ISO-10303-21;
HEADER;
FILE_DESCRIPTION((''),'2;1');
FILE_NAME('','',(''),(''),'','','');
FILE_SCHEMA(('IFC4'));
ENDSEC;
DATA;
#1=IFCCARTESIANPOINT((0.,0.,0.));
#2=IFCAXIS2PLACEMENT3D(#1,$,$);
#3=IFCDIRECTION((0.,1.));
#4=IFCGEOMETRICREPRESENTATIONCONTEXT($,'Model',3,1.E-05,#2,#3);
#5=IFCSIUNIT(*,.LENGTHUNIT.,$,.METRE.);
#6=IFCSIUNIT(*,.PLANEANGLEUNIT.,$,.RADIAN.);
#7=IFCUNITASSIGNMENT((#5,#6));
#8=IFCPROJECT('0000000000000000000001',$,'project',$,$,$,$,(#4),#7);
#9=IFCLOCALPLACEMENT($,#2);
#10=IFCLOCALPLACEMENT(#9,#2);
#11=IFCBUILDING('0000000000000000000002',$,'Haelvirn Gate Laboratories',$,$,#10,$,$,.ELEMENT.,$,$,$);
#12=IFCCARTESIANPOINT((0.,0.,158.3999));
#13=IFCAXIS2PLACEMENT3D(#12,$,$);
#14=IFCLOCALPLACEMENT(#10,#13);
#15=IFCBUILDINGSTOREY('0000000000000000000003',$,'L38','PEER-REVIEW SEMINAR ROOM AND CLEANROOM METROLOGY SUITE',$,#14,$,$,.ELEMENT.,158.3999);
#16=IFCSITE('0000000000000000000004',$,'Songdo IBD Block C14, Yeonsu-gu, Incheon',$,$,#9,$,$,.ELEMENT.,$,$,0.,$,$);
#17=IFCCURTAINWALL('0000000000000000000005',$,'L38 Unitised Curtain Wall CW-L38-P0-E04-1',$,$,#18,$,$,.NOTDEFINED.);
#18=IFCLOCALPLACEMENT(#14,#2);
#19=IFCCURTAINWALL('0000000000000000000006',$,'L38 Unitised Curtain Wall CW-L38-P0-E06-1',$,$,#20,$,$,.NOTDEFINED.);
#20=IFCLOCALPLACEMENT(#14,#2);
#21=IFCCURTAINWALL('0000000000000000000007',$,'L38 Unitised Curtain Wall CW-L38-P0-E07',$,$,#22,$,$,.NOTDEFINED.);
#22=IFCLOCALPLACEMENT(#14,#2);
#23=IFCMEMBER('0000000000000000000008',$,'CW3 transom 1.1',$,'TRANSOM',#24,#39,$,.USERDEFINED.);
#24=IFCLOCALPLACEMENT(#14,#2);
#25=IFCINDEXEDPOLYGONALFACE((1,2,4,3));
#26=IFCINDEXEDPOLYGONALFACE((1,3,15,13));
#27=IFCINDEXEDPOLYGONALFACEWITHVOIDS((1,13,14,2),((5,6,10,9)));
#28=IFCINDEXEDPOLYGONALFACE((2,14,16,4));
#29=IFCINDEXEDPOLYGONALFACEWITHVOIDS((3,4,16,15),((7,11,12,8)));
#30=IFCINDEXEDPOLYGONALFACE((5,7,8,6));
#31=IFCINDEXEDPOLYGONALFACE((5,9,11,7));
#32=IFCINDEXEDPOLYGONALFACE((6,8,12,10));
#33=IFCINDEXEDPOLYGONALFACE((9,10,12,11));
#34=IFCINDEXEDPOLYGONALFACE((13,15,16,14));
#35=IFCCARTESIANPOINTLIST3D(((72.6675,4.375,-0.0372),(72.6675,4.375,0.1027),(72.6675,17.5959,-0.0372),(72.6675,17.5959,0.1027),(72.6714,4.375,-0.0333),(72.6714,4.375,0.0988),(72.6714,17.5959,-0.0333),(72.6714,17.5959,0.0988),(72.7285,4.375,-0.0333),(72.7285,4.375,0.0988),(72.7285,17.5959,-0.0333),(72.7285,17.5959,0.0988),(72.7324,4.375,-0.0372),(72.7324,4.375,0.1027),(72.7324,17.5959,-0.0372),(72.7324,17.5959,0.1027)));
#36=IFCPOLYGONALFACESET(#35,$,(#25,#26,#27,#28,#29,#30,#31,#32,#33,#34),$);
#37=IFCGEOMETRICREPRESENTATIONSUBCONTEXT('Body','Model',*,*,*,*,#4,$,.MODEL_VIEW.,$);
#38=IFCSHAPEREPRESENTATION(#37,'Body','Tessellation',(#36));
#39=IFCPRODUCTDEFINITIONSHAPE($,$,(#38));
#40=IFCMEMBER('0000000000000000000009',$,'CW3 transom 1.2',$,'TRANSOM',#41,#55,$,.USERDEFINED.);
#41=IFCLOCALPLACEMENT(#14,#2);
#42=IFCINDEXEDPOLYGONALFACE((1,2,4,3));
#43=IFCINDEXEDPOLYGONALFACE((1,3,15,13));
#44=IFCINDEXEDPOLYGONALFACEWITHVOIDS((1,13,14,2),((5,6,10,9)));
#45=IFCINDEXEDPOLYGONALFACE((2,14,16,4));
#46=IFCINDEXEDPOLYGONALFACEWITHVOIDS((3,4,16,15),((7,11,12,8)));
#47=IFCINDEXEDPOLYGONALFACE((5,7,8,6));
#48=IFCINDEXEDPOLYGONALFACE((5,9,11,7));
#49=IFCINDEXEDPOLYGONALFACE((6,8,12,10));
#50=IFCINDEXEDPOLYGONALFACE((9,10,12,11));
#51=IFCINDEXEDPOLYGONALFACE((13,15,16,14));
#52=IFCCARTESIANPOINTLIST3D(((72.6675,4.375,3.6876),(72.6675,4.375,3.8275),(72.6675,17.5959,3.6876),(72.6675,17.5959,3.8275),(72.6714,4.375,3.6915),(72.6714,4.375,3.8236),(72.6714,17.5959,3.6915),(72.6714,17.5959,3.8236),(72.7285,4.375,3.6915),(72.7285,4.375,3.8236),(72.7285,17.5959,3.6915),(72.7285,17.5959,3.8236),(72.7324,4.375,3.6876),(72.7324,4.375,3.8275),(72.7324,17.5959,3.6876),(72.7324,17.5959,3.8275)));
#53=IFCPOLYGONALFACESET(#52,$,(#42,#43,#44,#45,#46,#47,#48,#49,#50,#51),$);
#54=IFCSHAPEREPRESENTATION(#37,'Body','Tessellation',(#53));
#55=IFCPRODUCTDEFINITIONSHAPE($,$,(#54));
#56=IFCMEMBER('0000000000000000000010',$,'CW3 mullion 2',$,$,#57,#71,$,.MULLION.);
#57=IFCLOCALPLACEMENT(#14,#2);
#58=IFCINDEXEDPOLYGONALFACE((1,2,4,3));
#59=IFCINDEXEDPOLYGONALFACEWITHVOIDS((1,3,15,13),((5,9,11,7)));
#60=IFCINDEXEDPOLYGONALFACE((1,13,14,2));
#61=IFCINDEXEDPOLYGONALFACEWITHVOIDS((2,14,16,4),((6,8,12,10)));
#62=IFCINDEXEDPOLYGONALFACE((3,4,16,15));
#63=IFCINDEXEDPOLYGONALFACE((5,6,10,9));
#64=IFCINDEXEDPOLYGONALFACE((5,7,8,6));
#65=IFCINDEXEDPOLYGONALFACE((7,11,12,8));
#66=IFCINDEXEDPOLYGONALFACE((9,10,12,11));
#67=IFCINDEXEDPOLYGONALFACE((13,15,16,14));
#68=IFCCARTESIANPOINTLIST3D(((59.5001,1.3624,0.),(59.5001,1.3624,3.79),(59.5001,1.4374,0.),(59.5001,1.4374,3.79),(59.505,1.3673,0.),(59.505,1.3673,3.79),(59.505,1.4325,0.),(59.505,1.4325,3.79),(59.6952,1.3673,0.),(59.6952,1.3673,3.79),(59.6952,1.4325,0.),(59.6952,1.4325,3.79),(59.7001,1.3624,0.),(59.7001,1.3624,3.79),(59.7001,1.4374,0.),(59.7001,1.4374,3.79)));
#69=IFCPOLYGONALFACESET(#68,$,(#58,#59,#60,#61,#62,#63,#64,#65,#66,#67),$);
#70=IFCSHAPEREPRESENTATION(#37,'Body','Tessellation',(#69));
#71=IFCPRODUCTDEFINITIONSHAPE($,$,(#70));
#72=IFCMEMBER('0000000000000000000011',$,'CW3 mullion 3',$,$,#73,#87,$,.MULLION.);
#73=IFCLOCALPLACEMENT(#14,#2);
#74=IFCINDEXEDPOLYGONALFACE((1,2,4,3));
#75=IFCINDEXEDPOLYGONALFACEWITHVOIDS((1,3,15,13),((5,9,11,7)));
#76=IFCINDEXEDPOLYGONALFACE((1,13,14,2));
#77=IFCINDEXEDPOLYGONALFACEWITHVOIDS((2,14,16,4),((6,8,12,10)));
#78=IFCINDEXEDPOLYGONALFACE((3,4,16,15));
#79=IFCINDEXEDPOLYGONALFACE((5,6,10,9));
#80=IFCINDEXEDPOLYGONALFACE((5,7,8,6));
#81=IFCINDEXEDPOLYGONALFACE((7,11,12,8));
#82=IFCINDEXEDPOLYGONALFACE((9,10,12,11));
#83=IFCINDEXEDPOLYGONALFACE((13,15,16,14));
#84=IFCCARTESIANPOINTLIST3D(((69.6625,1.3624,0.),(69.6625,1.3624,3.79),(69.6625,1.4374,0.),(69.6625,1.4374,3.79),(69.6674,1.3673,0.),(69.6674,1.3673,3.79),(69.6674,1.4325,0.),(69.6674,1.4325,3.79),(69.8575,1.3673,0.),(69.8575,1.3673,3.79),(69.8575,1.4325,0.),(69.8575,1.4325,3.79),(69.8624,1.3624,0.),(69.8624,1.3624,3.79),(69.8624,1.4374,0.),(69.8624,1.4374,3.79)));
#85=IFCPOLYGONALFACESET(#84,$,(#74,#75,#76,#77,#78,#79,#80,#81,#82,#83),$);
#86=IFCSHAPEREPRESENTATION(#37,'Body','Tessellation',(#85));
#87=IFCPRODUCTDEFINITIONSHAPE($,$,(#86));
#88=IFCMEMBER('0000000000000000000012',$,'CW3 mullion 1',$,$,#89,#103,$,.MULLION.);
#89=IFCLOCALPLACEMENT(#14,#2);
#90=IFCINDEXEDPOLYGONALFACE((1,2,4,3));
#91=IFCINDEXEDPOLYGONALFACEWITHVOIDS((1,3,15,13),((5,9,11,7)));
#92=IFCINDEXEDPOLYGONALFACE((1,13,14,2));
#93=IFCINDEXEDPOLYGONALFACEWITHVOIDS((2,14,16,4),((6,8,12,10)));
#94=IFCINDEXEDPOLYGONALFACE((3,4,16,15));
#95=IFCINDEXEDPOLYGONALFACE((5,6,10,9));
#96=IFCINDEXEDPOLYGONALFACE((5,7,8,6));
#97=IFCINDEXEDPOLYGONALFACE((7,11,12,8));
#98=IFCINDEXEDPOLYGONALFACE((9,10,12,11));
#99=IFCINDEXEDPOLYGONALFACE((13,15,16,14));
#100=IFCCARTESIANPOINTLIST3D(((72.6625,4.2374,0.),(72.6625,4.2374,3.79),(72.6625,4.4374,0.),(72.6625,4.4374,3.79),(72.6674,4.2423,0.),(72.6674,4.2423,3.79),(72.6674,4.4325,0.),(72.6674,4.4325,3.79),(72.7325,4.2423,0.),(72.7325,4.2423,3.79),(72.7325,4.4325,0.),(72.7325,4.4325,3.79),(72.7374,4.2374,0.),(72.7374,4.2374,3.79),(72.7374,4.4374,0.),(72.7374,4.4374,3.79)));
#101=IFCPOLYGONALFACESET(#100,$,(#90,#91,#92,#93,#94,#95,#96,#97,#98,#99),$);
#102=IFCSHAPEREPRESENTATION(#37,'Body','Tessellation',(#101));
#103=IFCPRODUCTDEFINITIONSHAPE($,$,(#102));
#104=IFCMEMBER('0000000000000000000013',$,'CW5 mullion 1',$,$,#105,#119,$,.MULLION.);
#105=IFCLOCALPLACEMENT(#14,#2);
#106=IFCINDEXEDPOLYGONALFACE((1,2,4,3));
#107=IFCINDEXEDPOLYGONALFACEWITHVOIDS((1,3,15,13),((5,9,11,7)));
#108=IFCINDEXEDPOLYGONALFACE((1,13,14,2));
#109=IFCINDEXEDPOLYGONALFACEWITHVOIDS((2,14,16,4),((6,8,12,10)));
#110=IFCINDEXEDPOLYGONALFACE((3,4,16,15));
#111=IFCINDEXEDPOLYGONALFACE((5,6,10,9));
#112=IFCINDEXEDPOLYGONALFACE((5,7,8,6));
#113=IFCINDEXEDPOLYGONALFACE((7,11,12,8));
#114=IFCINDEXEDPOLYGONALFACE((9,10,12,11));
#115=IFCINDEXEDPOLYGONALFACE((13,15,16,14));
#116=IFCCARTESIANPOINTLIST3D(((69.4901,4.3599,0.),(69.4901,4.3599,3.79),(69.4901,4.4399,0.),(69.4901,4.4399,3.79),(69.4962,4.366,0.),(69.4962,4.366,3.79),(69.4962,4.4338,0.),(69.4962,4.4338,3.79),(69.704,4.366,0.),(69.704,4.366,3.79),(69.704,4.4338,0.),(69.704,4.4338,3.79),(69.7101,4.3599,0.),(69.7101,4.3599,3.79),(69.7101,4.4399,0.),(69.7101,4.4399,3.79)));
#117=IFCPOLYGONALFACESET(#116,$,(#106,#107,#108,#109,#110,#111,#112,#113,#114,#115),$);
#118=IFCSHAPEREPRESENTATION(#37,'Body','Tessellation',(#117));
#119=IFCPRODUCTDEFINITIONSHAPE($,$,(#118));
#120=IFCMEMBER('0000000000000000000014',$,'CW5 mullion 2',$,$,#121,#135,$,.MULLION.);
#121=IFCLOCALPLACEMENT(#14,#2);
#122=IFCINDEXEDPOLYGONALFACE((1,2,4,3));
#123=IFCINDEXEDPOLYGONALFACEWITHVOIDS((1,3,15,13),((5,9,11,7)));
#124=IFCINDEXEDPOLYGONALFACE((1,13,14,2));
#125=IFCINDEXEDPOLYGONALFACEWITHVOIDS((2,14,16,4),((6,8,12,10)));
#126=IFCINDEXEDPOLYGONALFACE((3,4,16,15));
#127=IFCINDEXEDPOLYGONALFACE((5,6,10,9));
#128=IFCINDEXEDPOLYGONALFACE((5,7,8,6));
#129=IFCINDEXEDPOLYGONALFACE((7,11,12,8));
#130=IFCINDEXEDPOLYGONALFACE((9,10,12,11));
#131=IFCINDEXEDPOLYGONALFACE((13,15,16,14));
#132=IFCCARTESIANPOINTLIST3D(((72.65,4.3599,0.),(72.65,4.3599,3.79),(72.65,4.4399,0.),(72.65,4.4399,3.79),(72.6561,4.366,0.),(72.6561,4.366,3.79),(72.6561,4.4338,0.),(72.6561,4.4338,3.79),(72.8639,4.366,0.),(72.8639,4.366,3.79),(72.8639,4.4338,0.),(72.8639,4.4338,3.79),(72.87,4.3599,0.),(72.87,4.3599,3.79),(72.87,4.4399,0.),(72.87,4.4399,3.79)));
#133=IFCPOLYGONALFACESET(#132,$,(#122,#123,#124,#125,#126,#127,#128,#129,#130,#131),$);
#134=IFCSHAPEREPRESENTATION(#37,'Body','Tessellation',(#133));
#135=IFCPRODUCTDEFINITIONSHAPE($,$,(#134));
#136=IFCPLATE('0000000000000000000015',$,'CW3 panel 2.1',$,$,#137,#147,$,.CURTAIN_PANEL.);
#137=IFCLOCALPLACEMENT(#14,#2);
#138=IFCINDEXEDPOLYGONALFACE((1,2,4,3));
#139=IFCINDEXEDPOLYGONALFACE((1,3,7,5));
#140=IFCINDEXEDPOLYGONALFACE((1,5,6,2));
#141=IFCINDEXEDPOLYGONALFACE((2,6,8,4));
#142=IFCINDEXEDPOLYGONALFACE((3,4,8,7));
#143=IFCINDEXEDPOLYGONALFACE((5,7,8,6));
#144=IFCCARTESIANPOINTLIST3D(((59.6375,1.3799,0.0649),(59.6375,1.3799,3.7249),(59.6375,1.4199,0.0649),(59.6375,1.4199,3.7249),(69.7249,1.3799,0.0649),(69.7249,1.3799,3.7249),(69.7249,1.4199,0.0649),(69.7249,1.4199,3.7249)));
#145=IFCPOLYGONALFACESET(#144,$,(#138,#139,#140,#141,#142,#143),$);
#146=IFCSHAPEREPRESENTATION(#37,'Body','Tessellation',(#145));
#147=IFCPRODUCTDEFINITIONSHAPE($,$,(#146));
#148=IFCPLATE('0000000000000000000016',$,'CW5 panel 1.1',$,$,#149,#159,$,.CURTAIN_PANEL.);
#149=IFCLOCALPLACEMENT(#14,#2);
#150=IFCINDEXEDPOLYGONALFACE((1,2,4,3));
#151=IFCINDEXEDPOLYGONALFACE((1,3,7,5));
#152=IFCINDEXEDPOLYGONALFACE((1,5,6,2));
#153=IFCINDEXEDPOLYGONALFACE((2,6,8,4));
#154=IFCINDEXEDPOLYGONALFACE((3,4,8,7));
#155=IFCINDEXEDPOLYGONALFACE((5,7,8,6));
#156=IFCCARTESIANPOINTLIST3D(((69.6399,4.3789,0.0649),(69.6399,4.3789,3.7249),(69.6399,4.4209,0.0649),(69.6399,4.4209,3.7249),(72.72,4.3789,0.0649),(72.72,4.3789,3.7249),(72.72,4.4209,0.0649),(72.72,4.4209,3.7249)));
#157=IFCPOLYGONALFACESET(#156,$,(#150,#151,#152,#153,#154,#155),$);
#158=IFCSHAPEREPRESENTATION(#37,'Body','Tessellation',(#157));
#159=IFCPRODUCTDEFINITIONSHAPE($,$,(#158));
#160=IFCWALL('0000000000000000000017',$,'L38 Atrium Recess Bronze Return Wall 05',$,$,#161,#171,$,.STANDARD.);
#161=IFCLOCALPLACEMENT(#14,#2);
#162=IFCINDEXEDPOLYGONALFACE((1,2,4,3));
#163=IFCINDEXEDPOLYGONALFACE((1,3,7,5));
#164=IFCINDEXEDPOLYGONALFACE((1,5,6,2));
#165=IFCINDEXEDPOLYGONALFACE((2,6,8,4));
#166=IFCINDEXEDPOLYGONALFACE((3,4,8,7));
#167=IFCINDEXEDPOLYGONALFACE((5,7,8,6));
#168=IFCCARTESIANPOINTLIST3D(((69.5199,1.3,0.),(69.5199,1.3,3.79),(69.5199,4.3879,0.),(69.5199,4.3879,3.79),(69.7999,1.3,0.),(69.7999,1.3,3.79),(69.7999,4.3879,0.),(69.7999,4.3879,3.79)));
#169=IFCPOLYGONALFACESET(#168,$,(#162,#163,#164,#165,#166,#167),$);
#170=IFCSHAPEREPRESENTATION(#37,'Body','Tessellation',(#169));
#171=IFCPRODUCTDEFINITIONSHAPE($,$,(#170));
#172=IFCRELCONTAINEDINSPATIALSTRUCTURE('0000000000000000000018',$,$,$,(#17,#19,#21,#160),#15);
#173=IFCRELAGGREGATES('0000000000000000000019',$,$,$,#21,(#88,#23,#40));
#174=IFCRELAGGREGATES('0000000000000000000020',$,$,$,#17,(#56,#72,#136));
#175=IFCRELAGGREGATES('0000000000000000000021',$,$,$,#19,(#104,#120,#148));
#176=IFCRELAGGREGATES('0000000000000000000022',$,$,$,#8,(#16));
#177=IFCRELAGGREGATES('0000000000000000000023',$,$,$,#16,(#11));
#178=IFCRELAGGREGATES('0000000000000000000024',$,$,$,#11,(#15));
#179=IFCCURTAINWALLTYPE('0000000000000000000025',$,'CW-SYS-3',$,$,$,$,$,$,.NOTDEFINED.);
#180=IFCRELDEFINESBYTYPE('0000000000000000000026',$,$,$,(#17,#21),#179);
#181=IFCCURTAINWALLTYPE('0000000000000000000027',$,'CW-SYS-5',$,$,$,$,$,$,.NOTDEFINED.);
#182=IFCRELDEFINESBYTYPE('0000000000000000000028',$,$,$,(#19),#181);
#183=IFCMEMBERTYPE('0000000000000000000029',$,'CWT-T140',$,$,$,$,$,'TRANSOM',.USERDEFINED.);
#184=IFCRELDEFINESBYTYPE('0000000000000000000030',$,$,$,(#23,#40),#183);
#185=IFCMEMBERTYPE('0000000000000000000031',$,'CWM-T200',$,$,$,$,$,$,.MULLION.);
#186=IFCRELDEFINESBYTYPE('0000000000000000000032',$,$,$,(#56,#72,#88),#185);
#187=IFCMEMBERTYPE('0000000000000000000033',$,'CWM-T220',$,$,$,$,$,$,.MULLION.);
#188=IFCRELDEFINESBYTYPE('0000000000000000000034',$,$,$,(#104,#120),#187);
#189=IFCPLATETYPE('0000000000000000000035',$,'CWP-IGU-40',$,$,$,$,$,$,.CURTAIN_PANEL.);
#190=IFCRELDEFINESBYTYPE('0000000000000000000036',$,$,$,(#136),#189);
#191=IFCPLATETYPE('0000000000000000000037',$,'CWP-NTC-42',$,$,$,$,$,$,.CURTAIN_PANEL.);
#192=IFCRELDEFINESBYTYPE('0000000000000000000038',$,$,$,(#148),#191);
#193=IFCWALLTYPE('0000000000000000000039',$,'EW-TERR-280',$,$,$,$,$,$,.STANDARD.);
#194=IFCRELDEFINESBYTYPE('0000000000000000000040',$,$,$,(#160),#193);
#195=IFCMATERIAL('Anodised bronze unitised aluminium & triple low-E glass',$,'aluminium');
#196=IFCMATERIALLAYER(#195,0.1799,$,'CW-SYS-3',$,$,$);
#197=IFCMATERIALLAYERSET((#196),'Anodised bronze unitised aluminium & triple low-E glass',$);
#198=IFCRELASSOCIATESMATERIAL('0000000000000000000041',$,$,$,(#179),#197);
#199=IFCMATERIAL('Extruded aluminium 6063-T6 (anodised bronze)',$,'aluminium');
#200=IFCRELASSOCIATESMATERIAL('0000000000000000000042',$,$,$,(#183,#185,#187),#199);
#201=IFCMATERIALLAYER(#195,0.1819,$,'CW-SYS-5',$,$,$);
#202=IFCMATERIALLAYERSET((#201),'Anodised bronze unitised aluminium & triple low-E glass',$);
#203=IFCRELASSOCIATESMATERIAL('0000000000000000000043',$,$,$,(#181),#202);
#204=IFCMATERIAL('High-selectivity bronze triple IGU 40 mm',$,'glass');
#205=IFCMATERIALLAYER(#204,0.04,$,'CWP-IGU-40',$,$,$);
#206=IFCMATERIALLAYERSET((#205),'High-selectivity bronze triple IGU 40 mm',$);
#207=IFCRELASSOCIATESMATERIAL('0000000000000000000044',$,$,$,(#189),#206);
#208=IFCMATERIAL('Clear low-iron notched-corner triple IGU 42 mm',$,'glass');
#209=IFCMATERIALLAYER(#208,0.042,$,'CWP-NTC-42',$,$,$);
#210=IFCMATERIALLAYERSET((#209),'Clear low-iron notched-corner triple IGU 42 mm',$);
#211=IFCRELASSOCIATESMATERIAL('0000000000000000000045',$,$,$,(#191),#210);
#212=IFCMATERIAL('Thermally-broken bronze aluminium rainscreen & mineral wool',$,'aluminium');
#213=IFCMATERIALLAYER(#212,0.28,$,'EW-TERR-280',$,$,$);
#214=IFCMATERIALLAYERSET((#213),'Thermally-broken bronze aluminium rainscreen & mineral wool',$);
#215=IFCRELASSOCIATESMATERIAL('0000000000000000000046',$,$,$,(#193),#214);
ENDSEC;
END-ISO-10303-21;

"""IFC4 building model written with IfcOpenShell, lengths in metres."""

from ifc_helpers import new_model, si_unit, direction, frame, frame_2d, origin, origin_2d, place, context, subcontext, project, spatial, rectangle, hollow_rectangle, extrude, source, transform, mapped, material, layer, layer_set, material_profile, profile_set, type_object, type_shapes, element, aggregate, save


model = new_model("IFC4")

# Units and contexts
model_context = context("Model", 3, precision=1e-05, world=origin(), true_north=direction((0.0, 1.0)))
body_context = subcontext(model_context, "Body", "Model", "MODEL_VIEW")
ifc_project = project(units=[si_unit("LENGTHUNIT", "METRE"), si_unit("PLANEANGLEUNIT", "RADIAN")], contexts=[model_context])

# Site, building, storey
site_placement = place(None, origin())
site = spatial("IfcSite", under=ifc_project, at=site_placement, Name="Songdo IBD Block C14, Yeonsu-gu, Incheon", CompositionType="ELEMENT", RefElevation=0.0)
building_placement = place(site_placement, origin())
building = spatial("IfcBuilding", under=site, at=building_placement, Name="Haelvirn Gate Laboratories", CompositionType="ELEMENT")
storey_placement = place(building_placement, frame((0.0, 0.0, 158.3999)))
storey = spatial("IfcBuildingStorey", under=building, at=storey_placement, Name="L38", Description="PEER-REVIEW SEMINAR ROOM AND CLEANROOM METROLOGY SUITE", CompositionType="ELEMENT", Elevation=158.3999)

# Curtain walls, members
ifc_material_1 = material(Name="Anodised bronze unitised aluminium & triple low-E glass", Category="aluminium")
ifc_layer_1 = layer(ifc_material_1, 0.1799, Name="CW-SYS-3")
ifc_layer_set_1 = layer_set([ifc_layer_1], Name="Anodised bronze unitised aluminium & triple low-E glass")
curtain_wall_type_1 = type_object("IfcCurtainWallType", Name="CW-SYS-3", PredefinedType="NOTDEFINED", material=ifc_layer_set_1)
curtain_wall_1_placement = place(storey_placement, origin())
curtain_wall_1 = element("IfcCurtainWall", 1, at=curtain_wall_1_placement, inside=storey, type_object=curtain_wall_type_1, Name="L38 Unitised Curtain Wall CW-L38-P0-E04-1", PredefinedType="NOTDEFINED")
ifc_material_2 = material(Name="Extruded aluminium 6063-T6 (anodised bronze)", Category="aluminium")
ifc_material_profile_1 = material_profile(ifc_material_2, hollow_rectangle(XDim=0.0649, YDim=0.1399, WallThickness=0.0039, at=origin_2d()), Name="CWT-140x65x4")
ifc_profile_set_1 = profile_set([ifc_material_profile_1], Name="Extruded aluminium 6063-T6 (anodised bronze)")
member_type_1 = type_object("IfcMemberType", Name="CWT-T140", ElementType="TRANSOM", PredefinedType="USERDEFINED", material=ifc_profile_set_1)
ifc_layer_2 = layer(ifc_material_1, 0.1819, Name="CW-SYS-5")
ifc_layer_set_2 = layer_set([ifc_layer_2], Name="Anodised bronze unitised aluminium & triple low-E glass")
curtain_wall_type_2 = type_object("IfcCurtainWallType", Name="CW-SYS-5", PredefinedType="NOTDEFINED", material=ifc_layer_set_2)
curtain_wall_2_placement = place(storey_placement, origin())
curtain_wall_2 = element("IfcCurtainWall", 2, at=curtain_wall_2_placement, inside=storey, type_object=curtain_wall_type_2, Name="L38 Unitised Curtain Wall CW-L38-P0-E06-1", PredefinedType="NOTDEFINED")
curtain_wall_3_placement = place(storey_placement, origin())
curtain_wall_3 = element("IfcCurtainWall", 3, at=curtain_wall_3_placement, inside=storey, type_object=curtain_wall_type_1, Name="L38 Unitised Curtain Wall CW-L38-P0-E07", PredefinedType="NOTDEFINED")
shared_shape_1 = source(origin(), body_context, "Body", "SweptSolid", [
    extrude(hollow_rectangle(XDim=0.0649, YDim=0.1399, WallThickness=0.0039, at=origin_2d()), origin(), (0.0, 0.0, 1.0), 13.2209),
])
member_1_placement = place(storey_placement, frame((72.7, 4.375, 0.0327), z_axis=(0.0, 1.0, 0.0), x_axis=(-1.0, 0.0, 0.0)))
member_1 = element("IfcMember", 4, at=member_1_placement, type_object=member_type_1, Name="CW3 transom 1.1", ObjectType="TRANSOM", PredefinedType="USERDEFINED", context=body_context, shape_type="MappedRepresentation", body=[
    mapped(shared_shape_1, transform((0.0, 0.0, 0.0), scale=1.0)),
])
member_2_placement = place(storey_placement, frame((72.7, 4.375, 3.7576), z_axis=(0.0, 1.0, 0.0), x_axis=(-1.0, 0.0, 0.0)))
member_2 = element("IfcMember", 5, at=member_2_placement, type_object=member_type_1, Name="CW3 transom 1.2", ObjectType="TRANSOM", PredefinedType="USERDEFINED", context=body_context, shape_type="MappedRepresentation", body=[
    mapped(shared_shape_1, transform((0.0, 0.0, 0.0), scale=1.0)),
])

# Members
ifc_material_profile_2 = material_profile(ifc_material_2, hollow_rectangle(XDim=0.075, YDim=0.2, WallThickness=0.0049, at=origin_2d()), Name="CWM-200x75x5")
ifc_profile_set_2 = profile_set([ifc_material_profile_2], Name="Extruded aluminium 6063-T6 (anodised bronze)")
member_type_2 = type_object("IfcMemberType", Name="CWM-T200", PredefinedType="MULLION", material=ifc_profile_set_2)
shared_shape_2 = source(origin(), body_context, "Body", "SweptSolid", [
    extrude(hollow_rectangle(XDim=0.075, YDim=0.2, WallThickness=0.0049, at=origin_2d()), origin(), (0.0, 0.0, 1.0), 3.79),
])
type_shapes(member_type_2, [shared_shape_2])
member_3_placement = place(storey_placement, frame((59.6001, 1.3999, 0.0), z_axis=(0.0, 0.0, 1.0), x_axis=(0.0, 1.0, 0.0)))
member_3 = element("IfcMember", 6, at=member_3_placement, type_object=member_type_2, Name="CW3 mullion 2", PredefinedType="MULLION", context=body_context, shape_type="MappedRepresentation", body=[
    mapped(shared_shape_2, transform((0.0, 0.0, 0.0), scale=1.0)),
])
member_4_placement = place(storey_placement, frame((69.7625, 1.3999, 0.0), z_axis=(0.0, 0.0, 1.0), x_axis=(0.0, 1.0, 0.0)))
member_4 = element("IfcMember", 7, at=member_4_placement, type_object=member_type_2, Name="CW3 mullion 3", PredefinedType="MULLION", context=body_context, shape_type="MappedRepresentation", body=[
    mapped(shared_shape_2, transform((0.0, 0.0, 0.0), scale=1.0)),
])
member_5_placement = place(storey_placement, frame((72.7, 4.3374, 0.0), z_axis=(0.0, 0.0, 1.0), x_axis=(-1.0, 0.0, 0.0)))
member_5 = element("IfcMember", 8, at=member_5_placement, type_object=member_type_2, Name="CW3 mullion 1", PredefinedType="MULLION", context=body_context, shape_type="MappedRepresentation", body=[
    mapped(shared_shape_2, transform((0.0, 0.0, 0.0), scale=1.0)),
])
aggregate(curtain_wall_3, [member_5, member_1, member_2])
ifc_material_profile_3 = material_profile(ifc_material_2, hollow_rectangle(XDim=0.0801, YDim=0.22, WallThickness=0.0061, at=origin_2d()), Name="CWM-220x80x6")
ifc_profile_set_3 = profile_set([ifc_material_profile_3], Name="Extruded aluminium 6063-T6 (anodised bronze)")
member_type_3 = type_object("IfcMemberType", Name="CWM-T220", PredefinedType="MULLION", material=ifc_profile_set_3)
shared_shape_3 = source(origin(), body_context, "Body", "SweptSolid", [
    extrude(hollow_rectangle(XDim=0.0801, YDim=0.22, WallThickness=0.0061, at=origin_2d()), origin(), (0.0, 0.0, 1.0), 3.79),
])
type_shapes(member_type_3, [shared_shape_3])
member_6_placement = place(storey_placement, frame((69.6001, 4.3999, 0.0), z_axis=(0.0, 0.0, 1.0), x_axis=(0.0, 1.0, 0.0)))
member_6 = element("IfcMember", 9, at=member_6_placement, type_object=member_type_3, Name="CW5 mullion 1", PredefinedType="MULLION", context=body_context, shape_type="MappedRepresentation", body=[
    mapped(shared_shape_3, transform((0.0, 0.0, 0.0), scale=1.0)),
])
member_7_placement = place(storey_placement, frame((72.76, 4.3999, 0.0), z_axis=(0.0, 0.0, 1.0), x_axis=(0.0, 1.0, 0.0)))
member_7 = element("IfcMember", 10, at=member_7_placement, type_object=member_type_3, Name="CW5 mullion 2", PredefinedType="MULLION", context=body_context, shape_type="MappedRepresentation", body=[
    mapped(shared_shape_3, transform((0.0, 0.0, 0.0), scale=1.0)),
])

# Plates
ifc_material_3 = material(Name="High-selectivity bronze triple IGU 40 mm", Category="glass")
ifc_layer_3 = layer(ifc_material_3, 0.04, Name="CWP-IGU-40")
ifc_layer_set_3 = layer_set([ifc_layer_3], Name="High-selectivity bronze triple IGU 40 mm")
plate_type_1 = type_object("IfcPlateType", Name="CWP-IGU-40", PredefinedType="CURTAIN_PANEL", material=ifc_layer_set_3)
shared_shape_4 = source(origin(), body_context, "Body", "SweptSolid", [
    extrude(rectangle(XDim=10.0874, YDim=0.04, at=origin_2d()), origin(), (0.0, 0.0, 1.0), 3.6599),
])
type_shapes(plate_type_1, [shared_shape_4])
plate_1_placement = place(storey_placement, frame((64.6812, 1.3999, 0.0649), z_axis=(0.0, 0.0, 1.0), x_axis=(1.0, 0.0, 0.0)))
plate_1 = element("IfcPlate", 11, at=plate_1_placement, type_object=plate_type_1, Name="CW3 panel 2.1", PredefinedType="CURTAIN_PANEL", context=body_context, shape_type="MappedRepresentation", body=[
    mapped(shared_shape_4, transform((0.0, 0.0, 0.0), scale=1.0)),
])
aggregate(curtain_wall_1, [member_3, member_4, plate_1])
ifc_material_4 = material(Name="Clear low-iron notched-corner triple IGU 42 mm", Category="glass")
ifc_layer_4 = layer(ifc_material_4, 0.042, Name="CWP-NTC-42")
ifc_layer_set_4 = layer_set([ifc_layer_4], Name="Clear low-iron notched-corner triple IGU 42 mm")
plate_type_2 = type_object("IfcPlateType", Name="CWP-NTC-42", PredefinedType="CURTAIN_PANEL", material=ifc_layer_set_4)
shared_shape_5 = source(origin(), body_context, "Body", "SweptSolid", [
    extrude(rectangle(XDim=3.0801, YDim=0.042, at=origin_2d()), origin(), (0.0, 0.0, 1.0), 3.6599),
])
type_shapes(plate_type_2, [shared_shape_5])
plate_2_placement = place(storey_placement, frame((71.1799, 4.3999, 0.0649), z_axis=(0.0, 0.0, 1.0), x_axis=(1.0, 0.0, 0.0)))
plate_2 = element("IfcPlate", 12, at=plate_2_placement, type_object=plate_type_2, Name="CW5 panel 1.1", PredefinedType="CURTAIN_PANEL", context=body_context, shape_type="MappedRepresentation", body=[
    mapped(shared_shape_5, transform((0.0, 0.0, 0.0), scale=1.0)),
])
aggregate(curtain_wall_2, [member_6, member_7, plate_2])

# Wall
ifc_material_5 = material(Name="Thermally-broken bronze aluminium rainscreen & mineral wool", Category="aluminium")
ifc_layer_5 = layer(ifc_material_5, 0.28, Name="EW-TERR-280")
ifc_layer_set_5 = layer_set([ifc_layer_5], Name="Thermally-broken bronze aluminium rainscreen & mineral wool")
wall_type = type_object("IfcWallType", Name="EW-TERR-280", PredefinedType="STANDARD", material=ifc_layer_set_5)
wall_placement = place(storey_placement, frame((69.6599, 1.3, 0.0), z_axis=(0.0, 0.0, 1.0), x_axis=(0.0, 1.0, 0.0)))
element("IfcWall", 13, at=wall_placement, inside=storey, type_object=wall_type, Name="L38 Atrium Recess Bronze Return Wall 05", PredefinedType="STANDARD", context=body_context, shape_type="SweptSolid", body=[
    extrude(rectangle(XDim=3.0879, YDim=0.28, at=frame_2d((1.5439, 0.0))), origin(), (0.0, 0.0, 1.0), 3.79),
])

save(model, "model.ifc")
